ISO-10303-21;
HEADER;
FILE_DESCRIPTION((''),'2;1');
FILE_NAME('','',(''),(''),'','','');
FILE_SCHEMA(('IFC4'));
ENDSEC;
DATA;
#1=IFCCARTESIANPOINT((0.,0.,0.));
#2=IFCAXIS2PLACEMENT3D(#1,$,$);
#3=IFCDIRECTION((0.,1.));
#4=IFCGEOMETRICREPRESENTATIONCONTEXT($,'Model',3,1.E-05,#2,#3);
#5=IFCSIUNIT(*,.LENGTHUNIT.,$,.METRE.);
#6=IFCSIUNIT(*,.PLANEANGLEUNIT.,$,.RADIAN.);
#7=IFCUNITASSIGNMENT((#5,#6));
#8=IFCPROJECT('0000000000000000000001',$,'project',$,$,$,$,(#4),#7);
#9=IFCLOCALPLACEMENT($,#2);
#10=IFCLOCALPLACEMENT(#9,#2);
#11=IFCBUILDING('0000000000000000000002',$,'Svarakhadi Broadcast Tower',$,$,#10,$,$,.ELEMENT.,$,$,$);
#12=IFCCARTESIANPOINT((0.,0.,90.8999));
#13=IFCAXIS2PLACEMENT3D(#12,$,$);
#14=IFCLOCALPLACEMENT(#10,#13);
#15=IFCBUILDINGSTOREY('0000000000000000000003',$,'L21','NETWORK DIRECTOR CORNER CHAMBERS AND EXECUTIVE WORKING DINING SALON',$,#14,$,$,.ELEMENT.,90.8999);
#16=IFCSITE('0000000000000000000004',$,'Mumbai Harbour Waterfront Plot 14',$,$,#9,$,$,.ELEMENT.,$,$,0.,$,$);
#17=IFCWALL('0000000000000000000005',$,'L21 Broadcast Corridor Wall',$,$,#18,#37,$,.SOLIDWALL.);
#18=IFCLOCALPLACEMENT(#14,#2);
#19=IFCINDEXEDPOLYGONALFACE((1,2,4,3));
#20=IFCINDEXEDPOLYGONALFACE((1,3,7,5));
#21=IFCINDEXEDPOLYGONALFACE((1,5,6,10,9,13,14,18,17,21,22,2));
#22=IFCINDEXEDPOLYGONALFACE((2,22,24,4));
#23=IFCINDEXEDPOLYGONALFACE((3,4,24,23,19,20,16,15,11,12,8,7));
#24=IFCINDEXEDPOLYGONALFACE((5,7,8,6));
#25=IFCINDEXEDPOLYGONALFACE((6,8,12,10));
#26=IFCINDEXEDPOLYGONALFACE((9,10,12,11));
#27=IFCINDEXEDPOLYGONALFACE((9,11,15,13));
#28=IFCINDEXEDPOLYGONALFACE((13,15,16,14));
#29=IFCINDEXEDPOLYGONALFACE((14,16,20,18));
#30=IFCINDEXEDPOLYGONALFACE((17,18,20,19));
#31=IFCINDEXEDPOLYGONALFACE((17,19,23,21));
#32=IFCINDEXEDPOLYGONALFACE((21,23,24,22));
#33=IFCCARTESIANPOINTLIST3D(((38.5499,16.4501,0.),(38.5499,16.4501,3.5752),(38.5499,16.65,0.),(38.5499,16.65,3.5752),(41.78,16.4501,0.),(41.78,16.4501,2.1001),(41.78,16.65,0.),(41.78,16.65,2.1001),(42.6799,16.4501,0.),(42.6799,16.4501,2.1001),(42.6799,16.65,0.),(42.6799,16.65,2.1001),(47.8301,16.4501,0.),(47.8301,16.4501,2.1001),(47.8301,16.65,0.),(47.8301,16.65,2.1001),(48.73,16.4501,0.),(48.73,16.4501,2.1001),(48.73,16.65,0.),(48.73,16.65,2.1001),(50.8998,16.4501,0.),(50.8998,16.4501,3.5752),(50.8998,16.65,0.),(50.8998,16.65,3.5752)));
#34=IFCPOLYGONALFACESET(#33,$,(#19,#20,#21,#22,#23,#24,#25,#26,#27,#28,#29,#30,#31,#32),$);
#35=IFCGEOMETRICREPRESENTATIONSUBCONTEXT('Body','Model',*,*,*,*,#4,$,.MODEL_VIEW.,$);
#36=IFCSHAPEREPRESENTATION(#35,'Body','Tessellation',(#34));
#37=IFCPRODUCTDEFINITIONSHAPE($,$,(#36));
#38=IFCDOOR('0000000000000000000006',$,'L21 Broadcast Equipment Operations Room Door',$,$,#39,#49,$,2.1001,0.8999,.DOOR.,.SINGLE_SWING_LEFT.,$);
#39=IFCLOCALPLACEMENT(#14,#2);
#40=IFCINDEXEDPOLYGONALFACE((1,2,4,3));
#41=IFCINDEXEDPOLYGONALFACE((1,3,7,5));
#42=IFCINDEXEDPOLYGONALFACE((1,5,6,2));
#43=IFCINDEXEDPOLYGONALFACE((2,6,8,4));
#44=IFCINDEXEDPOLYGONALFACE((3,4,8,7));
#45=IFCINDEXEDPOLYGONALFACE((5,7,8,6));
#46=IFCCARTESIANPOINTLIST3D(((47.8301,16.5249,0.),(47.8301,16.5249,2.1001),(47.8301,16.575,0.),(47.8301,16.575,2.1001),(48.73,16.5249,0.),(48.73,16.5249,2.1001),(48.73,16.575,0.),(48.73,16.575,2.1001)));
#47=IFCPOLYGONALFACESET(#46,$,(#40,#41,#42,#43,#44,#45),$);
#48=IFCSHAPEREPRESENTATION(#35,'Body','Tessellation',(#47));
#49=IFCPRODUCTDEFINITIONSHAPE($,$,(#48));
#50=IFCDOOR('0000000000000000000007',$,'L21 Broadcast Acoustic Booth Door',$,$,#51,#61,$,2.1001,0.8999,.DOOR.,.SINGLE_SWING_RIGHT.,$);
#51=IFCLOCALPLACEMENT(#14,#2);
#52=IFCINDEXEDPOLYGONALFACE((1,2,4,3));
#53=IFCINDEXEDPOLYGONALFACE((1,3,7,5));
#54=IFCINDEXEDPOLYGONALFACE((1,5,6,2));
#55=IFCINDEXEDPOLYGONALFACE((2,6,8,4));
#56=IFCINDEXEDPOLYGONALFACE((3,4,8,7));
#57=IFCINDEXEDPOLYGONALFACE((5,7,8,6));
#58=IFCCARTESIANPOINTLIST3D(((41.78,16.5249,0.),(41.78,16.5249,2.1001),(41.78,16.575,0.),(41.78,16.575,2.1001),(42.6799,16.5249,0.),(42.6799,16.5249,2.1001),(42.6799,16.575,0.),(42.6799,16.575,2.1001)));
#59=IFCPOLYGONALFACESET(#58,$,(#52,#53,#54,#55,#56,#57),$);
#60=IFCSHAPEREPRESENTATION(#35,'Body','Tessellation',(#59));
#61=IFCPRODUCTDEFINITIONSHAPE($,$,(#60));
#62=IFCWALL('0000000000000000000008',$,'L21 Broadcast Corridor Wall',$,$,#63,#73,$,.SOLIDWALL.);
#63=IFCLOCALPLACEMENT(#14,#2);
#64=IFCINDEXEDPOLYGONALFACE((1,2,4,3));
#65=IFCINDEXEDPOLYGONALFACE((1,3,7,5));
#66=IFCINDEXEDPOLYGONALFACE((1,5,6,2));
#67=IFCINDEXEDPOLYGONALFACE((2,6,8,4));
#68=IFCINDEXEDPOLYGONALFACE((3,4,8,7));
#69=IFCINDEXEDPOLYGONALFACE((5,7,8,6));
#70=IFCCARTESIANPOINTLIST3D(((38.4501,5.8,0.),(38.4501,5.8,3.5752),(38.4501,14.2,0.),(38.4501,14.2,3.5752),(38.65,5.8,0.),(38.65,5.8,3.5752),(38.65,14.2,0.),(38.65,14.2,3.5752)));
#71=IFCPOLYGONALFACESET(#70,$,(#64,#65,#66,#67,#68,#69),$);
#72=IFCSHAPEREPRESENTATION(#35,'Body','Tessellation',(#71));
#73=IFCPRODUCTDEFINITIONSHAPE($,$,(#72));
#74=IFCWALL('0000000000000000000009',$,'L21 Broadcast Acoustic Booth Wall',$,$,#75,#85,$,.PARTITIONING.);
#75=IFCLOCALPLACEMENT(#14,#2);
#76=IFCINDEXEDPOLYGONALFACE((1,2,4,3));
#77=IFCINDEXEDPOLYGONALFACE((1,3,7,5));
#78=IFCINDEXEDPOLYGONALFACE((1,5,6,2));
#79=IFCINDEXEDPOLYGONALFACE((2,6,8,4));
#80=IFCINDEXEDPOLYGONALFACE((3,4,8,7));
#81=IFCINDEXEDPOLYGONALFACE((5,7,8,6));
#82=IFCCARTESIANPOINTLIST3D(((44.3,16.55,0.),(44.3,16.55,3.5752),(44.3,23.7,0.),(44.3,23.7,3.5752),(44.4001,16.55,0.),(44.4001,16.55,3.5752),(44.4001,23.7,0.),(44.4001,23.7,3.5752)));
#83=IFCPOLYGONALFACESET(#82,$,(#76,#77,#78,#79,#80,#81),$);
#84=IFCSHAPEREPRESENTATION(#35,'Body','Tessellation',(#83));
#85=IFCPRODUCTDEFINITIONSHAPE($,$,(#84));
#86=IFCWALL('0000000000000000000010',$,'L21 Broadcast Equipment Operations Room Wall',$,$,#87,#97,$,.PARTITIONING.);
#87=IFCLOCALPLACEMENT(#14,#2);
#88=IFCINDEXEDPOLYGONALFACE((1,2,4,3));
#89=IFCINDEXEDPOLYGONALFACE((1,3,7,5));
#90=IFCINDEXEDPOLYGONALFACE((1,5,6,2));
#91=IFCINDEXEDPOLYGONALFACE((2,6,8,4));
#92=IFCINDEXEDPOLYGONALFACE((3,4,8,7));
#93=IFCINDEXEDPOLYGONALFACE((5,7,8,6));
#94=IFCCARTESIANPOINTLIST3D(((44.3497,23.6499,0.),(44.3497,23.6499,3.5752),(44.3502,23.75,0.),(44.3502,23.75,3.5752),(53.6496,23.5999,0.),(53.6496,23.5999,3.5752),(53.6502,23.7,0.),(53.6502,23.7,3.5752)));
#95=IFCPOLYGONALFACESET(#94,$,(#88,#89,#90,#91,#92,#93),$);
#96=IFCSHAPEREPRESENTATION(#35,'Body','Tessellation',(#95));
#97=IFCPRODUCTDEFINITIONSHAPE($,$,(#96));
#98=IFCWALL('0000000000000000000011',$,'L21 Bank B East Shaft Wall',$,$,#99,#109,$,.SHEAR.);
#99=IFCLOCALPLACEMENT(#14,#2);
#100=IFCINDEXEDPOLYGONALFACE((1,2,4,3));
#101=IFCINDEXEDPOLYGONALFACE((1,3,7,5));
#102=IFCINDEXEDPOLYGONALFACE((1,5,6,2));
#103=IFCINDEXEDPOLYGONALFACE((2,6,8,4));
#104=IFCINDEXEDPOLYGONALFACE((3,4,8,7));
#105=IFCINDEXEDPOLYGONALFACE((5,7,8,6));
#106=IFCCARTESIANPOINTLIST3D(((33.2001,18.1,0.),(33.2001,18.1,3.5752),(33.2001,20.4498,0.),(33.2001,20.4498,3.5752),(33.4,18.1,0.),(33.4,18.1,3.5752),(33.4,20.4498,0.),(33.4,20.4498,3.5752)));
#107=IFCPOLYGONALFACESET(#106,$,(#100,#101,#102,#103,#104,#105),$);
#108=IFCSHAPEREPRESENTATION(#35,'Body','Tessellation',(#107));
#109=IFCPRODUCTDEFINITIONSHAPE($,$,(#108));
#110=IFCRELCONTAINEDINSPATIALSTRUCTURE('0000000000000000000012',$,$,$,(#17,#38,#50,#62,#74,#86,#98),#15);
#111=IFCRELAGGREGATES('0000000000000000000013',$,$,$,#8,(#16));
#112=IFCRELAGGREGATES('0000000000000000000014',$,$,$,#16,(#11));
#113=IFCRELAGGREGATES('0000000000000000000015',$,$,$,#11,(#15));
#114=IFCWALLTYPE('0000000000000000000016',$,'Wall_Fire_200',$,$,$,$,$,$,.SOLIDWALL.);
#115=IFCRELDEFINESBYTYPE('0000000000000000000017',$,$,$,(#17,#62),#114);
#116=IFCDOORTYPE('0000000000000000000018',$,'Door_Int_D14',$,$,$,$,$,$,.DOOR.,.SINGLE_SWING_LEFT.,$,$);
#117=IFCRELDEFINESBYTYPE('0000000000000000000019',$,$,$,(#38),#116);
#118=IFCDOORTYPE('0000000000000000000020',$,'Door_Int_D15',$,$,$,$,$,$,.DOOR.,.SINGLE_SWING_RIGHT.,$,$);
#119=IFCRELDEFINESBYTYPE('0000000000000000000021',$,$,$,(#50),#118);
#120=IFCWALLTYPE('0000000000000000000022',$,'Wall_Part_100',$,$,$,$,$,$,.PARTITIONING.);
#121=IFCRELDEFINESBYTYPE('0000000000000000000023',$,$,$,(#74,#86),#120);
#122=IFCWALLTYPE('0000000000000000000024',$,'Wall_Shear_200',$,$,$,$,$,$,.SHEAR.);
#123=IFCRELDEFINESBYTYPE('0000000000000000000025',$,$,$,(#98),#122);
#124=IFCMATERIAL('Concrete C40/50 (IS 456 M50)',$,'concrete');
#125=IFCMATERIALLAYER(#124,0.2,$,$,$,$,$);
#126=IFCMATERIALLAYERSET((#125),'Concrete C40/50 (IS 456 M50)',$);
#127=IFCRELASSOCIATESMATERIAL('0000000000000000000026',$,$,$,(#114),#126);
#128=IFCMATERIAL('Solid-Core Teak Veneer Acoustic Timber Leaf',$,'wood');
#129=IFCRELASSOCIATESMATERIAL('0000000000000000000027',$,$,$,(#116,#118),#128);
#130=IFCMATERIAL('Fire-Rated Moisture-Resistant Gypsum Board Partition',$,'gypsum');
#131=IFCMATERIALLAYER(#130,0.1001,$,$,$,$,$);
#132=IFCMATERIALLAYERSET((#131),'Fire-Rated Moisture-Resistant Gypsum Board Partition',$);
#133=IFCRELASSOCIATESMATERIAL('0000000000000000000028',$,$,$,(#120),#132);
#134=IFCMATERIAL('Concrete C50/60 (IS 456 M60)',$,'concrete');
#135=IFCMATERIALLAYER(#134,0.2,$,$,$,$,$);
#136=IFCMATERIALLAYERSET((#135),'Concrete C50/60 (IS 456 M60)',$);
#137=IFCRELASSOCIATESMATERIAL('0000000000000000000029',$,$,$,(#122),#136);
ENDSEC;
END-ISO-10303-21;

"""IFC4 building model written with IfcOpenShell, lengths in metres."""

from ifc_helpers import new_model, si_unit, direction, frame, frame_2d, origin, place, context, subcontext, project, spatial, rectangle, extrude, material, layer, layer_set, type_object, element, fill, save


model = new_model("IFC4")

# Units and contexts
model_context = context("Model", 3, precision=1e-05, world=origin(), true_north=direction((0.0, 1.0)))
body_context = subcontext(model_context, "Body", "Model", "MODEL_VIEW")
ifc_project = project(units=[si_unit("LENGTHUNIT", "METRE"), si_unit("PLANEANGLEUNIT", "RADIAN")], contexts=[model_context])

# Site, building, storey
site_placement = place(None, origin())
site = spatial("IfcSite", under=ifc_project, at=site_placement, Name="Mumbai Harbour Waterfront Plot 14", CompositionType="ELEMENT", RefElevation=0.0)
building_placement = place(site_placement, origin())
building = spatial("IfcBuilding", under=site, at=building_placement, Name="Svarakhadi Broadcast Tower", CompositionType="ELEMENT")
storey_placement = place(building_placement, frame((0.0, 0.0, 90.8999)))
storey = spatial("IfcBuildingStorey", under=building, at=storey_placement, Name="L21", Description="NETWORK DIRECTOR CORNER CHAMBERS AND EXECUTIVE WORKING DINING SALON", CompositionType="ELEMENT", Elevation=90.8999)

# Shared definitions
ifc_material_1 = material(Name="Concrete C40/50 (IS 456 M50)", Category="concrete")
ifc_layer_1 = layer(ifc_material_1, 0.2)
ifc_layer_set_1 = layer_set([ifc_layer_1], Name="Concrete C40/50 (IS 456 M50)")
wall_type_1 = type_object("IfcWallType", Name="Wall_Fire_200", PredefinedType="SOLIDWALL", material=ifc_layer_set_1)

# Wall, openings, doors
wall_1_placement = place(storey_placement, frame((38.55, 16.55, 0.0), z_axis=(0.0, 0.0, 1.0), x_axis=(1.0, 0.0, 0.0)))
wall_1 = element("IfcWall", 1, at=wall_1_placement, inside=storey, type_object=wall_type_1, Name="L21 Broadcast Corridor Wall", PredefinedType="SOLIDWALL", context=body_context, shape_type="SweptSolid", body=[
    extrude(rectangle(XDim=12.3499, YDim=0.2, at=frame_2d((6.1748, 0.0))), origin(), (0.0, 0.0, 1.0), 3.5752),
])
opening_1_placement = place(wall_1_placement, frame((3.23, 0.0, 0.0)))
opening_1 = element("IfcOpeningElement", 2, at=opening_1_placement, cuts=wall_1, PredefinedType="OPENING", context=body_context, shape_type="SweptSolid", body=[
    extrude(rectangle(XDim=0.8999, YDim=2.1001, at=frame_2d((0.45, 1.05))), frame((0.0, 0.1099, 0.0), z_axis=(0.0, -1.0, 0.0), x_axis=(1.0, 0.0, 0.0)), (0.0, 0.0, 1.0), 0.22),
])
opening_2_placement = place(wall_1_placement, frame((9.28, 0.0, 0.0)))
opening_2 = element("IfcOpeningElement", 3, at=opening_2_placement, cuts=wall_1, PredefinedType="OPENING", context=body_context, shape_type="SweptSolid", body=[
    extrude(rectangle(XDim=0.8999, YDim=2.1001, at=frame_2d((0.45, 1.05))), frame((0.0, 0.1099, 0.0), z_axis=(0.0, -1.0, 0.0), x_axis=(1.0, 0.0, 0.0)), (0.0, 0.0, 1.0), 0.22),
])
ifc_material_2 = material(Name="Solid-Core Teak Veneer Acoustic Timber Leaf", Category="wood")
door_type_1 = type_object("IfcDoorType", Name="Door_Int_D14", OperationType="SINGLE_SWING_LEFT", PredefinedType="DOOR", material=ifc_material_2)
door_1_placement = place(opening_2_placement, origin())
door_1 = element("IfcDoor", 4, at=door_1_placement, inside=storey, type_object=door_type_1, Name="L21 Broadcast Equipment Operations Room Door", OperationType="SINGLE_SWING_LEFT", OverallHeight=2.1001, OverallWidth=0.8999, PredefinedType="DOOR", context=body_context, shape_type="SweptSolid", body=[
    extrude(rectangle(XDim=0.8999, YDim=2.1001, at=frame_2d((0.45, 1.05))), frame((0.0, 0.0249, 0.0), z_axis=(0.0, -1.0, 0.0), x_axis=(1.0, 0.0, 0.0)), (0.0, 0.0, 1.0), 0.05),
])
fill(opening_2, door_1)
door_type_2 = type_object("IfcDoorType", Name="Door_Int_D15", OperationType="SINGLE_SWING_RIGHT", PredefinedType="DOOR", material=ifc_material_2)
door_2_placement = place(opening_1_placement, origin())
door_2 = element("IfcDoor", 5, at=door_2_placement, inside=storey, type_object=door_type_2, Name="L21 Broadcast Acoustic Booth Door", OperationType="SINGLE_SWING_RIGHT", OverallHeight=2.1001, OverallWidth=0.8999, PredefinedType="DOOR", context=body_context, shape_type="SweptSolid", body=[
    extrude(rectangle(XDim=0.8999, YDim=2.1001, at=frame_2d((0.45, 1.05))), frame((0.0, 0.0249, 0.0), z_axis=(0.0, -1.0, 0.0), x_axis=(1.0, 0.0, 0.0)), (0.0, 0.0, 1.0), 0.05),
])
fill(opening_1, door_2)

# Walls
wall_2_placement = place(storey_placement, frame((38.55, 14.2, 0.0), z_axis=(0.0, 0.0, 1.0), x_axis=(0.0, -1.0, 0.0)))
element("IfcWall", 6, at=wall_2_placement, inside=storey, type_object=wall_type_1, Name="L21 Broadcast Corridor Wall", PredefinedType="SOLIDWALL", context=body_context, shape_type="SweptSolid", body=[
    extrude(rectangle(XDim=8.3999, YDim=0.2, at=frame_2d((4.2, 0.0))), origin(), (0.0, 0.0, 1.0), 3.5752),
])
ifc_material_3 = material(Name="Fire-Rated Moisture-Resistant Gypsum Board Partition", Category="gypsum")
ifc_layer_2 = layer(ifc_material_3, 0.1001)
ifc_layer_set_2 = layer_set([ifc_layer_2], Name="Fire-Rated Moisture-Resistant Gypsum Board Partition")
wall_type_2 = type_object("IfcWallType", Name="Wall_Part_100", PredefinedType="PARTITIONING", material=ifc_layer_set_2)
wall_3_placement = place(storey_placement, frame((44.3501, 16.55, 0.0), z_axis=(0.0, 0.0, 1.0), x_axis=(0.0, 1.0, 0.0)))
element("IfcWall", 7, at=wall_3_placement, inside=storey, type_object=wall_type_2, Name="L21 Broadcast Acoustic Booth Wall", PredefinedType="PARTITIONING", context=body_context, shape_type="SweptSolid", body=[
    extrude(rectangle(XDim=7.1499, YDim=0.1001, at=frame_2d((3.575, 0.0))), origin(), (0.0, 0.0, 1.0), 3.5752),
])
wall_4_placement = place(storey_placement, frame((44.3501, 23.7, 0.0), z_axis=(0.0, 0.0, 1.0), x_axis=(0.999986, -0.005382, 0.0)))
element("IfcWall", 8, at=wall_4_placement, inside=storey, type_object=wall_type_2, Name="L21 Broadcast Equipment Operations Room Wall", PredefinedType="PARTITIONING", context=body_context, shape_type="SweptSolid", body=[
    extrude(rectangle(XDim=9.3, YDim=0.1001, at=frame_2d((4.6499, 0.0))), origin(), (0.0, 0.0, 1.0), 3.5752),
])
ifc_material_4 = material(Name="Concrete C50/60 (IS 456 M60)", Category="concrete")
ifc_layer_3 = layer(ifc_material_4, 0.2)
ifc_layer_set_3 = layer_set([ifc_layer_3], Name="Concrete C50/60 (IS 456 M60)")
wall_type_3 = type_object("IfcWallType", Name="Wall_Shear_200", PredefinedType="SHEAR", material=ifc_layer_set_3)
wall_5_placement = place(storey_placement, frame((33.3, 18.1001, 0.0), z_axis=(0.0, 0.0, 1.0), x_axis=(0.0, 1.0, 0.0)))
element("IfcWall", 9, at=wall_5_placement, inside=storey, type_object=wall_type_3, Name="L21 Bank B East Shaft Wall", PredefinedType="SHEAR", context=body_context, shape_type="SweptSolid", body=[
    extrude(rectangle(XDim=2.3499, YDim=0.2, at=frame_2d((1.1748, 0.0))), origin(), (0.0, 0.0, 1.0), 3.5752),
])

save(model, "model.ifc")
